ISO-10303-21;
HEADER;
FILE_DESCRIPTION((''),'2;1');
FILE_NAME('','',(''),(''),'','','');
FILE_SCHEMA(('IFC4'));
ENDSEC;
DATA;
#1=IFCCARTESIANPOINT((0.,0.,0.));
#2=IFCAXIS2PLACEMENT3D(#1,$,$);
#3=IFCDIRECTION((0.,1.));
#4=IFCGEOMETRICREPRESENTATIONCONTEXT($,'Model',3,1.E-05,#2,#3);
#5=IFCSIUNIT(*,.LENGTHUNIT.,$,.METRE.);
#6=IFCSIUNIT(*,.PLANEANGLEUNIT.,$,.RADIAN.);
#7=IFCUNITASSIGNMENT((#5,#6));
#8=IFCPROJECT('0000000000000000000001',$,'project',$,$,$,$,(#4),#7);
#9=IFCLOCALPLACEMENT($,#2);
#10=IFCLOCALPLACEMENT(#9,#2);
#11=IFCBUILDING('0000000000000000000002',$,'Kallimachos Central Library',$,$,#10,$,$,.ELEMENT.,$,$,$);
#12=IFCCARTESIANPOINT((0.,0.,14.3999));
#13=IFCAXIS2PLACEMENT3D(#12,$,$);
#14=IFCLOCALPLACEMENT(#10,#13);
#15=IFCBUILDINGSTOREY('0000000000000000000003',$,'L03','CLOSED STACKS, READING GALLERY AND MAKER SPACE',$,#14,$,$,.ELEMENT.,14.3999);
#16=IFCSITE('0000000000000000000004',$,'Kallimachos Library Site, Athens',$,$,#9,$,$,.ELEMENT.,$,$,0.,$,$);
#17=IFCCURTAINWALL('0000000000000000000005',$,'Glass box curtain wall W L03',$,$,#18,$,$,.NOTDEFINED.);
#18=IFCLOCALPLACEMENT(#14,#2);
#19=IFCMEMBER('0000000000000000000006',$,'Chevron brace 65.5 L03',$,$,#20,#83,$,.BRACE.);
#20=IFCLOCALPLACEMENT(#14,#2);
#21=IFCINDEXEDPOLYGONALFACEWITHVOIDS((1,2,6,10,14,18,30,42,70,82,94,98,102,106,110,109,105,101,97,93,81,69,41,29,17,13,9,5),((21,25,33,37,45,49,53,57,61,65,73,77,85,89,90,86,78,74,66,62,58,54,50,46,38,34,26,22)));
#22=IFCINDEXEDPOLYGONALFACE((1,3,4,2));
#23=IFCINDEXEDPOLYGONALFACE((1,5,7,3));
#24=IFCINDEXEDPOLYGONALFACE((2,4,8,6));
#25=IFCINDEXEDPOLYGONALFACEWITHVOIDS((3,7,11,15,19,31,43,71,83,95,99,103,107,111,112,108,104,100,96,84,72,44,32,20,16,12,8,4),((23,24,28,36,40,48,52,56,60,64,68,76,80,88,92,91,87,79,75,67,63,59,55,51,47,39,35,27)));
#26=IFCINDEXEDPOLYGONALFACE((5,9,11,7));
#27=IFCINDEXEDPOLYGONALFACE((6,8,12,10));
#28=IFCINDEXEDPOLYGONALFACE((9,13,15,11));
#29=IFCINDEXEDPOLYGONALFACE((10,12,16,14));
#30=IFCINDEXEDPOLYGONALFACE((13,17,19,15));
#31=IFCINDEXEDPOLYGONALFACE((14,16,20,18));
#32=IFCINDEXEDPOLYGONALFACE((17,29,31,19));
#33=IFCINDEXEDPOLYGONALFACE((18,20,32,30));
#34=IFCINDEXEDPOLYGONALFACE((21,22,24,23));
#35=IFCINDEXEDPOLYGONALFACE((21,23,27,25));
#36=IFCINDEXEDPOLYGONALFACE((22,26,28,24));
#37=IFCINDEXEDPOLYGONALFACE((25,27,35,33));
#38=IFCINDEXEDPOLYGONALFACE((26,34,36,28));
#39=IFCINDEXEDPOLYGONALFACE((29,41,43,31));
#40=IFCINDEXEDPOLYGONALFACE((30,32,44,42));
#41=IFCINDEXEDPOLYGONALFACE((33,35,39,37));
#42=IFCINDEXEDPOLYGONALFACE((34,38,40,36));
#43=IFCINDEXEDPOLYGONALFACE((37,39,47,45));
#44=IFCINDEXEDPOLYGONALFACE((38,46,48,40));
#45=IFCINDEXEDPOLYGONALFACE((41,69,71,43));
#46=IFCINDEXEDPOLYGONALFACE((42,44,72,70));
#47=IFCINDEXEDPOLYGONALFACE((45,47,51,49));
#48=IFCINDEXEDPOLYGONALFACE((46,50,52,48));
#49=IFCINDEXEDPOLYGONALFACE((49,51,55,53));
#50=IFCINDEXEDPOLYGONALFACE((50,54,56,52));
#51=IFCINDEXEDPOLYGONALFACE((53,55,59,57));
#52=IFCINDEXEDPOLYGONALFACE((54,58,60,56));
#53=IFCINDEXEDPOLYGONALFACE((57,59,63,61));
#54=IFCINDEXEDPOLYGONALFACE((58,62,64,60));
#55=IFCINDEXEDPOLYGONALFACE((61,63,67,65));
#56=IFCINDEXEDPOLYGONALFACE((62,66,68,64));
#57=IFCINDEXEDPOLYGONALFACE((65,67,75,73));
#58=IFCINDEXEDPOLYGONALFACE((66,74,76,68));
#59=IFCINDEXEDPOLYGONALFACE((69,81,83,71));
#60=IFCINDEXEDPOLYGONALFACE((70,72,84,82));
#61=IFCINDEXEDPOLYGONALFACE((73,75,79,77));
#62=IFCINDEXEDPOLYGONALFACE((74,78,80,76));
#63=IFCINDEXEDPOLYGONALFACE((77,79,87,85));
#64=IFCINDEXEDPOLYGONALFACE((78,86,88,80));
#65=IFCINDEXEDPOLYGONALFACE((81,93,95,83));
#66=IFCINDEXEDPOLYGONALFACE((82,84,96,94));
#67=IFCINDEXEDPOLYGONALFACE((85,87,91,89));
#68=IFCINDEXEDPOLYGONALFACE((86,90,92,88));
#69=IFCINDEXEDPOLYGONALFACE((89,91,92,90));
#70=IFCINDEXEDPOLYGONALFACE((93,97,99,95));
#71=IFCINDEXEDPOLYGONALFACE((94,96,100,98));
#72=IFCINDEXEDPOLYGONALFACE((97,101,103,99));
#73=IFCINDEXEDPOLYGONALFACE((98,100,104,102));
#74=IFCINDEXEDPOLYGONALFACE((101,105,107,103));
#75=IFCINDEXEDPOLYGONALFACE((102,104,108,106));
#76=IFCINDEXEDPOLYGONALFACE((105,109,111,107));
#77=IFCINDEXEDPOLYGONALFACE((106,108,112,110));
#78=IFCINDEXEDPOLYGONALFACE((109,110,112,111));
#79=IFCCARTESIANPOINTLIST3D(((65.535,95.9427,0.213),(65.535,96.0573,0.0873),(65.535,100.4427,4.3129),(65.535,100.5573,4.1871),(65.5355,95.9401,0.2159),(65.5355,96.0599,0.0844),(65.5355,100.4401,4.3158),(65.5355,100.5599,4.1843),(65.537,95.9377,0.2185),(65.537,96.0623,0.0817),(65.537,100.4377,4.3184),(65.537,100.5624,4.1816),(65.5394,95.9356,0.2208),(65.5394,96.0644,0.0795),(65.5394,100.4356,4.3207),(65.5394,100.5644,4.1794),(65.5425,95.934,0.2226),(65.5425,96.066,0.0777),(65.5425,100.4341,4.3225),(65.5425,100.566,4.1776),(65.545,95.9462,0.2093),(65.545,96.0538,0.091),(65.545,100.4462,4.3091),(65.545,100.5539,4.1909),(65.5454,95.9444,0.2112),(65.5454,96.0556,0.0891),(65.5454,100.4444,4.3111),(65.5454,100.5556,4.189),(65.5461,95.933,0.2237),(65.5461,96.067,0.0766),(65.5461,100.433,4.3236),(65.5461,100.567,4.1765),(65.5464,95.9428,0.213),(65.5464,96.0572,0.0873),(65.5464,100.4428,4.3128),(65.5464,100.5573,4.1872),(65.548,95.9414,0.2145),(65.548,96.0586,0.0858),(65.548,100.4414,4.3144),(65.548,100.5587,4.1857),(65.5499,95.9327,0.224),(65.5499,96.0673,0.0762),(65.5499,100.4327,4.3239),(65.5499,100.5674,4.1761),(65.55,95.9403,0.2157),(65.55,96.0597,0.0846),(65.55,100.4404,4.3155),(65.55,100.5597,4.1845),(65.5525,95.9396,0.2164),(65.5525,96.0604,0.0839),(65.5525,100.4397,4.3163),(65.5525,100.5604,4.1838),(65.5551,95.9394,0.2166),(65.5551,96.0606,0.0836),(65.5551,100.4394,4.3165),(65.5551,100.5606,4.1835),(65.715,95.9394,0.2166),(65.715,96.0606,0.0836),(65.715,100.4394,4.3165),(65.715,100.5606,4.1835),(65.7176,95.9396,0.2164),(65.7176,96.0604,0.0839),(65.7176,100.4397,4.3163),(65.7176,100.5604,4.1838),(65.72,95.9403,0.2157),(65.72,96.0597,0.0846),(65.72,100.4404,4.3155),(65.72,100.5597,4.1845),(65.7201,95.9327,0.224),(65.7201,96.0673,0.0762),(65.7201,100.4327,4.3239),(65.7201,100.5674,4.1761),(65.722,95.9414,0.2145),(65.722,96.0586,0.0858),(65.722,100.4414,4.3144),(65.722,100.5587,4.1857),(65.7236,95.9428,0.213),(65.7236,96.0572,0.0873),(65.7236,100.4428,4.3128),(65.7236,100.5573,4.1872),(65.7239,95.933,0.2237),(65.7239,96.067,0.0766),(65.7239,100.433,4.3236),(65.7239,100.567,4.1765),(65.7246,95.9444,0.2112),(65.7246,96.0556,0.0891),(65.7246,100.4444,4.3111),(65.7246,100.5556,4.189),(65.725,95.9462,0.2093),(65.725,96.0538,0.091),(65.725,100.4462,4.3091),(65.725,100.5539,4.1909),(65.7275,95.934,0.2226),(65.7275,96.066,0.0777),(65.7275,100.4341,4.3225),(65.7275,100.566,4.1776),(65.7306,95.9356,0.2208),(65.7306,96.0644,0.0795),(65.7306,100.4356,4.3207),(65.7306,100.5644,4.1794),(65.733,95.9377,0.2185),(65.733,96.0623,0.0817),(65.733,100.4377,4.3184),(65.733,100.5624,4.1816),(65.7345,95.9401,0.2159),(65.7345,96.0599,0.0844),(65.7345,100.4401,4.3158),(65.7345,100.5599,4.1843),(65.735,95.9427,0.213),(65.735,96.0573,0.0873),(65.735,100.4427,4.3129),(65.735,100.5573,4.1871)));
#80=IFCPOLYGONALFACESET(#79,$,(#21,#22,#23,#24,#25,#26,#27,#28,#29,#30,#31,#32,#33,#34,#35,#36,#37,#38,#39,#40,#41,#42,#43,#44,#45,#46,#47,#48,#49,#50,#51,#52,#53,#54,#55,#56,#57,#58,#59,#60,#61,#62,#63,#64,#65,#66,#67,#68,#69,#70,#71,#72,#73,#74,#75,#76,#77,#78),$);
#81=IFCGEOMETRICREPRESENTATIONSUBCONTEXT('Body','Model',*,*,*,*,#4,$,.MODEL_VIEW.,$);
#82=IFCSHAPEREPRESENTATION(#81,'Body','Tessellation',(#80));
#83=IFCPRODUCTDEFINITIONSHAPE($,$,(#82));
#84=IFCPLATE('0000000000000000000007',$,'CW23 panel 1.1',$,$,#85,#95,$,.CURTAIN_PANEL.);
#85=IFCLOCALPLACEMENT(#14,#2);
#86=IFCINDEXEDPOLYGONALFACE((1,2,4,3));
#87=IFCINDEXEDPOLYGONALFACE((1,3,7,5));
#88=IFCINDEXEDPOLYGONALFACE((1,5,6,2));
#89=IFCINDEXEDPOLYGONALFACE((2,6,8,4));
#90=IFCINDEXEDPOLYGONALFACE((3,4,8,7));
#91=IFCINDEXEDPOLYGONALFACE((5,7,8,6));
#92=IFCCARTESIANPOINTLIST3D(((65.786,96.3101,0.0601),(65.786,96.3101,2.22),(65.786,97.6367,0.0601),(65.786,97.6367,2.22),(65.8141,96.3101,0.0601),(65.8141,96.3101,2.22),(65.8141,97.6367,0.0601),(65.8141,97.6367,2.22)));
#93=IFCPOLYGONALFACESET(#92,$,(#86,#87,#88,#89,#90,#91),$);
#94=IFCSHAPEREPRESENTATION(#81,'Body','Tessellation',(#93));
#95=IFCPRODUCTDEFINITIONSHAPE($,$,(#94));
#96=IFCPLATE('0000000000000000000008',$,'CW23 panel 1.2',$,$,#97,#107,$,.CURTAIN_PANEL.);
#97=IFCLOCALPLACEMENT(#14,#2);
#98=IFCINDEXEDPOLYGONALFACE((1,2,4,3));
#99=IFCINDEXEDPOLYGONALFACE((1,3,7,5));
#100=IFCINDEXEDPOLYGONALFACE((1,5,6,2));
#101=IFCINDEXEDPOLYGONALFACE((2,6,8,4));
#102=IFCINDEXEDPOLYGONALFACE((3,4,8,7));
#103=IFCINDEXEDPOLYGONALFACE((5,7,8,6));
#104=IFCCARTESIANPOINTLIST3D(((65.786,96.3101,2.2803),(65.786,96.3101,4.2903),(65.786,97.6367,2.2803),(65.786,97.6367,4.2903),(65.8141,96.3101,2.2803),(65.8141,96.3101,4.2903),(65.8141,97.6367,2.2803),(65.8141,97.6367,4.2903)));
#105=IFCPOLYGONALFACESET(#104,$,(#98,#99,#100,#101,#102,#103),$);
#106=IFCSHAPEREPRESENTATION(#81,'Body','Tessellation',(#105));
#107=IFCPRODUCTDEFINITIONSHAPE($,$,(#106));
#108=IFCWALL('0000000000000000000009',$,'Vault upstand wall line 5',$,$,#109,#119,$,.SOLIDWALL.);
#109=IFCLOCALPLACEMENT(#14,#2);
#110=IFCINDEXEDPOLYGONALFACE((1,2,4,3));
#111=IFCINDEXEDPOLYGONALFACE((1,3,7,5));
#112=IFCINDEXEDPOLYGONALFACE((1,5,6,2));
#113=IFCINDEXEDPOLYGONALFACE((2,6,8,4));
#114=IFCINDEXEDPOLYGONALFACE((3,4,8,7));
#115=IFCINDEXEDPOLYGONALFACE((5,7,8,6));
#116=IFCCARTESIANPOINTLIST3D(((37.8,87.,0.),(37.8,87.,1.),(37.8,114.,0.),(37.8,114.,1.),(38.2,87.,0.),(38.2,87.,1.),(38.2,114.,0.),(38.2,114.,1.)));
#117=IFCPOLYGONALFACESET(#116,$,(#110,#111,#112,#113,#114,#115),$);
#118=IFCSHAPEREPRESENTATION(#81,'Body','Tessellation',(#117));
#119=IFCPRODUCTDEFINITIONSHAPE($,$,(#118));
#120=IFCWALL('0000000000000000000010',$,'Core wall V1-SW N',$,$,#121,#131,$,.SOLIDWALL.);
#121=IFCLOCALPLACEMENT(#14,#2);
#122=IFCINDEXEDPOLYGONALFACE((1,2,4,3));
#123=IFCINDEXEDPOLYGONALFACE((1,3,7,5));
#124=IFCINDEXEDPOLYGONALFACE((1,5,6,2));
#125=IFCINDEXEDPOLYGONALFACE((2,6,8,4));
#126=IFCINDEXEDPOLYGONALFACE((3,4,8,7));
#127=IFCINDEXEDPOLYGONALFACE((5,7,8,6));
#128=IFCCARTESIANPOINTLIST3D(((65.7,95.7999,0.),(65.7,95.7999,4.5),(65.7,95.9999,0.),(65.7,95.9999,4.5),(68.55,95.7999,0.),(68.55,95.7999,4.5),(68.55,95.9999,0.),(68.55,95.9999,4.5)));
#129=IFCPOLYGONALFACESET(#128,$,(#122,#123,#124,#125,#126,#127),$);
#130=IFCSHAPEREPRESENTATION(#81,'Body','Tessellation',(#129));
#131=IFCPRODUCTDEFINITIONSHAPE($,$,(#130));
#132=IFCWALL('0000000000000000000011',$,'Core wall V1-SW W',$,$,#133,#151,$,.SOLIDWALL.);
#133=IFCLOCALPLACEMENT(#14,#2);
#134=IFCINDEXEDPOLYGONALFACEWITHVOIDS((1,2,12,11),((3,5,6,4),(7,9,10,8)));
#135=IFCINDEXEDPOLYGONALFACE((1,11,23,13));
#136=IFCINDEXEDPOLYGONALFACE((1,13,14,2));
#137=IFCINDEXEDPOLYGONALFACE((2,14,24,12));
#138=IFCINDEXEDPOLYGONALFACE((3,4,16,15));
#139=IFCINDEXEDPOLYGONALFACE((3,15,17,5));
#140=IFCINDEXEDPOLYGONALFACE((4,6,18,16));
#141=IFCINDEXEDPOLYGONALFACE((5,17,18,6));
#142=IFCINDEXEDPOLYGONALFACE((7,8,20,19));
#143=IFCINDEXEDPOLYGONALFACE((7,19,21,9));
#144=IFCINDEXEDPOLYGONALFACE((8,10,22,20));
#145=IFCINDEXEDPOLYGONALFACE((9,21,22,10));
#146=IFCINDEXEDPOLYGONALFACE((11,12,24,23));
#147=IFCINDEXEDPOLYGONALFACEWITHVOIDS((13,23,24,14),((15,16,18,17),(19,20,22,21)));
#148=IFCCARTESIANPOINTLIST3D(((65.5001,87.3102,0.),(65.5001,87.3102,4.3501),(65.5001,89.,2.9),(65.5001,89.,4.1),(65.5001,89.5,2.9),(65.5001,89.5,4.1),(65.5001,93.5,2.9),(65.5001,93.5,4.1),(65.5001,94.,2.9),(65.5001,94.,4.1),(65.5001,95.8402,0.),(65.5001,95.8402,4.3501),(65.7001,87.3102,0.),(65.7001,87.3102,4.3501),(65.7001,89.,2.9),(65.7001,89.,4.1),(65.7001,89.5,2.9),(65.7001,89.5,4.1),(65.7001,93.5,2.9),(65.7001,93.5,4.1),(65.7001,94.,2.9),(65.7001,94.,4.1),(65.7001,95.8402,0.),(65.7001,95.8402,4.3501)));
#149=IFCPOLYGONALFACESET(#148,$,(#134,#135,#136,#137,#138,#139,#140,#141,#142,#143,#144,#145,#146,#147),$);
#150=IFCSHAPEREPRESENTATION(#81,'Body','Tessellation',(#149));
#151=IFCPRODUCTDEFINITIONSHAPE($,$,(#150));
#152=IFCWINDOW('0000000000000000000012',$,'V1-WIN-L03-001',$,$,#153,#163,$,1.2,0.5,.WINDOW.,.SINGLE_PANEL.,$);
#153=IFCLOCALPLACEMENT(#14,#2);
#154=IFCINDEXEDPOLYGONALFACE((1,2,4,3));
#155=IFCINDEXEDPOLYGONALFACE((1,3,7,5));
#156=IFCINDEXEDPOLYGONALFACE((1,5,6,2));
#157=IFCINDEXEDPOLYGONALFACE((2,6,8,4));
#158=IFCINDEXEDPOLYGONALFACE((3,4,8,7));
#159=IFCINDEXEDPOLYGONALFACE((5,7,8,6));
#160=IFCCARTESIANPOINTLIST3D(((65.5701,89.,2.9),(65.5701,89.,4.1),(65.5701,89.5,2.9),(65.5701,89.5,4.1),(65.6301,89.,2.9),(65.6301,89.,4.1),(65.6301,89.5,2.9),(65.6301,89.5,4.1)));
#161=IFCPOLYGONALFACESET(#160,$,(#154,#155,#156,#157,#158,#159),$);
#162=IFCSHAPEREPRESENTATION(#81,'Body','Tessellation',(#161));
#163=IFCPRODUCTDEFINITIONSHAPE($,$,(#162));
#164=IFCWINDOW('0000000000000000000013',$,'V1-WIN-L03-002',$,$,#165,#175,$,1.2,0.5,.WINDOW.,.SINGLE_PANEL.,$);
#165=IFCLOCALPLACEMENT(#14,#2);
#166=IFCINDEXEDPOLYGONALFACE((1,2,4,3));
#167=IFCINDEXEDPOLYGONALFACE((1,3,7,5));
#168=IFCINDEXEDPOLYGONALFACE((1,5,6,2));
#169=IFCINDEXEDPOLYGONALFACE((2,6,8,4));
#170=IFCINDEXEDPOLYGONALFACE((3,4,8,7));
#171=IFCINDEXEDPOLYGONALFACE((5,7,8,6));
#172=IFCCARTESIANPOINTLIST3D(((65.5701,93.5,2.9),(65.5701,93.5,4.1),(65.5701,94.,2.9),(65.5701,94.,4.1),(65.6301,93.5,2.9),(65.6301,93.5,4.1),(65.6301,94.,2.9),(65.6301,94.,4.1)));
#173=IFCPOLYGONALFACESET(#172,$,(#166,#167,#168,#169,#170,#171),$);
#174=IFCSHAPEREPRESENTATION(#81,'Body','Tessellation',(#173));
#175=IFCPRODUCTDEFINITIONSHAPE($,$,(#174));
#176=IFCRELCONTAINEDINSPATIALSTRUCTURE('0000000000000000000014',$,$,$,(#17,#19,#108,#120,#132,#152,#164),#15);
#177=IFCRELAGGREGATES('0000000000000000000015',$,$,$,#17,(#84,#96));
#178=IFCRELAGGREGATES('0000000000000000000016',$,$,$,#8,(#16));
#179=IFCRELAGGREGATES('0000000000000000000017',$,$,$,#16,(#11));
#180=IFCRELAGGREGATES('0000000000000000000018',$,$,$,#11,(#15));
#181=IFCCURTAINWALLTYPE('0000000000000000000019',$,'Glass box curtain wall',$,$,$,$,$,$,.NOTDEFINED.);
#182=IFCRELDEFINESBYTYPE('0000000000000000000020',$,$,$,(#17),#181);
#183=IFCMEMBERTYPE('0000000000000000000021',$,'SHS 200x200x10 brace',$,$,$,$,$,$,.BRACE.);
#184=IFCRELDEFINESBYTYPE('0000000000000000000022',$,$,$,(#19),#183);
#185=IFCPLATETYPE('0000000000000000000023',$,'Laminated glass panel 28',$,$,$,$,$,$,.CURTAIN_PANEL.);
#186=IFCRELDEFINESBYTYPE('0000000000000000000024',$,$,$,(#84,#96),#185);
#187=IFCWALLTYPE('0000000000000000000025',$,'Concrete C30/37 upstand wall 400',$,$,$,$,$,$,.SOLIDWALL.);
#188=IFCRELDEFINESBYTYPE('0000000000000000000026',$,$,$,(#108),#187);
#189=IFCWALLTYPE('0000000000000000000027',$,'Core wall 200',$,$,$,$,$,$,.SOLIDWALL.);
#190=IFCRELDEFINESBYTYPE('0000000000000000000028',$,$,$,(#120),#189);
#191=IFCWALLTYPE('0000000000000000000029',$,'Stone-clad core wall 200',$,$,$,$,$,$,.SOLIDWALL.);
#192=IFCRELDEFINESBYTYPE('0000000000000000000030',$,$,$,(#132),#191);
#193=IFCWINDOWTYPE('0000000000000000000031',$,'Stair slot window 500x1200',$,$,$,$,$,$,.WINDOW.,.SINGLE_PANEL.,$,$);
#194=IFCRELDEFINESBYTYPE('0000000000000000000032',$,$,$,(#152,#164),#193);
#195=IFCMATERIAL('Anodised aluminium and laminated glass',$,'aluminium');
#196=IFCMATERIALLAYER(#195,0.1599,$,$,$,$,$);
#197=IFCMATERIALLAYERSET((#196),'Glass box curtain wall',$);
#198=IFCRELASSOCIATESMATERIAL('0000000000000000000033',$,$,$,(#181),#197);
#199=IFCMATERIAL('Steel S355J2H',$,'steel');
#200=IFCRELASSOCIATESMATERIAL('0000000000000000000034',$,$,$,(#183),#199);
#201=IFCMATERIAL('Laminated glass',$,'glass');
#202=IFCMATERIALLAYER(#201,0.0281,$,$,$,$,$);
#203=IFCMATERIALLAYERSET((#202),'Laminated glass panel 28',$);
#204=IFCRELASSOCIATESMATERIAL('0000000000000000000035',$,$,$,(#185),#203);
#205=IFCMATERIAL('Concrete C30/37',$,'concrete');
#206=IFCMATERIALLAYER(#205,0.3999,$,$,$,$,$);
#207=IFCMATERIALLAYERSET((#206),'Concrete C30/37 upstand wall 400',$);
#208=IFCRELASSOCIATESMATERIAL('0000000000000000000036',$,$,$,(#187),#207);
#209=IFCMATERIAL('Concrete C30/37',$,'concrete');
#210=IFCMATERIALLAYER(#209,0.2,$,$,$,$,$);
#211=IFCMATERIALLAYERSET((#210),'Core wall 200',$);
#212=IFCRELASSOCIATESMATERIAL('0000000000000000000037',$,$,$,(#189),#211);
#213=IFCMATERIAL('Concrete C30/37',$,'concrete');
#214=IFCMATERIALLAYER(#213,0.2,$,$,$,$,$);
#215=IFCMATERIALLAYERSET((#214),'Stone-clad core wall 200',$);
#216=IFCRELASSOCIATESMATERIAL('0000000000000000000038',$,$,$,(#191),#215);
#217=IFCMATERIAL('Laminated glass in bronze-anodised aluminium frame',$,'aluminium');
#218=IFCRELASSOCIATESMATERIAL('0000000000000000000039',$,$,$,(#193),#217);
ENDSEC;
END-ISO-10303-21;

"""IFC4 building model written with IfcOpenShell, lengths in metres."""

from ifc_helpers import new_model, si_unit, direction, frame, frame_2d, origin, origin_2d, place, context, subcontext, project, spatial, rectangle, hollow_rectangle, extrude, material, layer, layer_set, material_profile, profile_set, type_object, element, fill, aggregate, save


model = new_model("IFC4")

# Units and contexts
model_context = context("Model", 3, precision=1e-05, world=origin(), true_north=direction((0.0, 1.0)))
body_context = subcontext(model_context, "Body", "Model", "MODEL_VIEW")
ifc_project = project(units=[si_unit("LENGTHUNIT", "METRE"), si_unit("PLANEANGLEUNIT", "RADIAN")], contexts=[model_context])

# Site, building, storey
site_placement = place(None, origin())
site = spatial("IfcSite", under=ifc_project, at=site_placement, Name="Kallimachos Library Site, Athens", CompositionType="ELEMENT", RefElevation=0.0)
building_placement = place(site_placement, origin())
building = spatial("IfcBuilding", under=site, at=building_placement, Name="Kallimachos Central Library", CompositionType="ELEMENT")
storey_placement = place(building_placement, frame((0.0, 0.0, 14.3999)))
storey = spatial("IfcBuildingStorey", under=building, at=storey_placement, Name="L03", Description="CLOSED STACKS, READING GALLERY AND MAKER SPACE", CompositionType="ELEMENT", Elevation=14.3999)

# Curtain wall
ifc_material_1 = material(Name="Anodised aluminium and laminated glass", Category="aluminium")
ifc_layer_1 = layer(ifc_material_1, 0.1599)
ifc_layer_set_1 = layer_set([ifc_layer_1], Name="Glass box curtain wall")
curtain_wall_type = type_object("IfcCurtainWallType", Name="Glass box curtain wall", PredefinedType="NOTDEFINED", material=ifc_layer_set_1)
curtain_wall_placement = place(storey_placement, origin())
curtain_wall = element("IfcCurtainWall", 1, at=curtain_wall_placement, inside=storey, type_object=curtain_wall_type, Name="Glass box curtain wall W L03", PredefinedType="NOTDEFINED")

# Member
ifc_material_2 = material(Name="Steel S355J2H", Category="steel")
ifc_material_profile_1 = material_profile(ifc_material_2, hollow_rectangle(XDim=0.2, YDim=0.2, WallThickness=0.01, InnerFilletRadius=0.01, OuterFilletRadius=0.0149, at=origin_2d()), Name="SHS 200x200x10")
ifc_profile_set_1 = profile_set([ifc_material_profile_1], Name="Steel S355J2H")
member_type_1 = type_object("IfcMemberType", Name="SHS 200x200x10 brace", PredefinedType="BRACE", material=ifc_profile_set_1)
member_1_placement = place(storey_placement, frame((65.635, 96.0, 0.1501), z_axis=(0.0, 0.739208, 0.673477), x_axis=(-1.0, 0.0, 0.0)))
element("IfcMember", 2, at=member_1_placement, inside=storey, type_object=member_type_1, Name="Chevron brace 65.5 L03", PredefinedType="BRACE", context=body_context, shape_type="SweptSolid", body=[
    extrude(hollow_rectangle(XDim=0.2, YDim=0.2, WallThickness=0.01, InnerFilletRadius=0.01, OuterFilletRadius=0.0149, at=origin_2d()), origin(), (0.0, 0.0, 1.0), 6.0876),
])

# Plates
ifc_material_3 = material(Name="Laminated glass", Category="glass")
ifc_layer_2 = layer(ifc_material_3, 0.0281)
ifc_layer_set_2 = layer_set([ifc_layer_2], Name="Laminated glass panel 28")
plate_type = type_object("IfcPlateType", Name="Laminated glass panel 28", PredefinedType="CURTAIN_PANEL", material=ifc_layer_set_2)
plate_1_placement = place(storey_placement, frame((65.8, 96.9734, 0.0601), z_axis=(0.0, 0.0, 1.0), x_axis=(0.0, 1.0, 0.0)))
plate_1 = element("IfcPlate", 3, at=plate_1_placement, type_object=plate_type, Name="CW23 panel 1.1", PredefinedType="CURTAIN_PANEL", context=body_context, shape_type="SweptSolid", body=[
    extrude(rectangle(XDim=1.3267, YDim=0.0281, at=origin_2d()), origin(), (0.0, 0.0, 1.0), 2.1599),
])
plate_2_placement = place(storey_placement, frame((65.8, 96.9734, 2.2803), z_axis=(0.0, 0.0, 1.0), x_axis=(0.0, 1.0, 0.0)))
plate_2 = element("IfcPlate", 4, at=plate_2_placement, type_object=plate_type, Name="CW23 panel 1.2", PredefinedType="CURTAIN_PANEL", context=body_context, shape_type="SweptSolid", body=[
    extrude(rectangle(XDim=1.3267, YDim=0.0281, at=origin_2d()), origin(), (0.0, 0.0, 1.0), 2.01),
])
aggregate(curtain_wall, [plate_1, plate_2])

# Walls
ifc_material_4 = material(Name="Concrete C30/37", Category="concrete")
ifc_layer_3 = layer(ifc_material_4, 0.3999)
ifc_layer_set_3 = layer_set([ifc_layer_3], Name="Concrete C30/37 upstand wall 400")
wall_type_1 = type_object("IfcWallType", Name="Concrete C30/37 upstand wall 400", PredefinedType="SOLIDWALL", material=ifc_layer_set_3)
wall_1_placement = place(storey_placement, frame((38.0, 87.0, 0.0), z_axis=(0.0, 0.0, 1.0), x_axis=(0.0, 1.0, 0.0)))
element("IfcWall", 5, at=wall_1_placement, inside=storey, type_object=wall_type_1, Name="Vault upstand wall line 5", PredefinedType="SOLIDWALL", context=body_context, shape_type="SweptSolid", body=[
    extrude(rectangle(XDim=27.0, YDim=0.3999, at=frame_2d((13.5, 0.0))), origin(), (0.0, 0.0, 1.0), 1.0),
])
ifc_material_5 = material(Name="Concrete C30/37", Category="concrete")
ifc_layer_4 = layer(ifc_material_5, 0.2)
ifc_layer_set_4 = layer_set([ifc_layer_4], Name="Core wall 200")
wall_type_2 = type_object("IfcWallType", Name="Core wall 200", PredefinedType="SOLIDWALL", material=ifc_layer_set_4)
wall_2_placement = place(storey_placement, frame((65.7, 95.8999, 0.0), z_axis=(0.0, 0.0, 1.0), x_axis=(1.0, 0.0, 0.0)))
element("IfcWall", 6, at=wall_2_placement, inside=storey, type_object=wall_type_2, Name="Core wall V1-SW N", PredefinedType="SOLIDWALL", context=body_context, shape_type="SweptSolid", body=[
    extrude(rectangle(XDim=2.8501, YDim=0.2, at=frame_2d((1.425, 0.0))), origin(), (0.0, 0.0, 1.0), 4.5),
])

# Wall, openings, windows
ifc_material_6 = material(Name="Concrete C30/37", Category="concrete")
ifc_layer_5 = layer(ifc_material_6, 0.2)
ifc_layer_set_5 = layer_set([ifc_layer_5], Name="Stone-clad core wall 200")
wall_type_3 = type_object("IfcWallType", Name="Stone-clad core wall 200", PredefinedType="SOLIDWALL", material=ifc_layer_set_5)
wall_3_placement = place(storey_placement, frame((65.6001, 87.3101, 0.0), z_axis=(0.0, 0.0, 1.0), x_axis=(0.0, 1.0, 0.0)))
wall_3 = element("IfcWall", 7, at=wall_3_placement, inside=storey, type_object=wall_type_3, Name="Core wall V1-SW W", PredefinedType="SOLIDWALL", context=body_context, shape_type="SweptSolid", body=[
    extrude(rectangle(XDim=8.53, YDim=0.2, at=frame_2d((4.2651, 0.0))), origin(), (0.0, 0.0, 1.0), 4.3501),
])
opening_1_placement = place(wall_3_placement, frame((1.6899, 0.0, 2.8999)))
opening_1 = element("IfcOpeningElement", 8, at=opening_1_placement, cuts=wall_3, PredefinedType="OPENING", context=body_context, shape_type="SweptSolid", body=[
    extrude(rectangle(XDim=0.5, YDim=1.2, at=frame_2d((0.25, 0.6001))), frame((0.0, 0.1099, 0.0), z_axis=(0.0, -1.0, 0.0), x_axis=(1.0, 0.0, 0.0)), (0.0, 0.0, 1.0), 0.22),
])
opening_2_placement = place(wall_3_placement, frame((6.1899, 0.0, 2.8999)))
opening_2 = element("IfcOpeningElement", 9, at=opening_2_placement, cuts=wall_3, PredefinedType="OPENING", context=body_context, shape_type="SweptSolid", body=[
    extrude(rectangle(XDim=0.5, YDim=1.2, at=frame_2d((0.25, 0.6001))), frame((0.0, 0.1099, 0.0), z_axis=(0.0, -1.0, 0.0), x_axis=(1.0, 0.0, 0.0)), (0.0, 0.0, 1.0), 0.22),
])
ifc_material_7 = material(Name="Laminated glass in bronze-anodised aluminium frame", Category="aluminium")
window_type = type_object("IfcWindowType", Name="Stair slot window 500x1200", PartitioningType="SINGLE_PANEL", PredefinedType="WINDOW", material=ifc_material_7)
window_1_placement = place(opening_1_placement, origin())
window_1 = element("IfcWindow", 10, at=window_1_placement, inside=storey, type_object=window_type, Name="V1-WIN-L03-001", OverallHeight=1.2, OverallWidth=0.5, PartitioningType="SINGLE_PANEL", PredefinedType="WINDOW", context=body_context, shape_type="SweptSolid", body=[
    extrude(rectangle(XDim=0.5, YDim=1.2, at=frame_2d((0.25, 0.6001))), frame((0.0, 0.03, 0.0), z_axis=(0.0, -1.0, 0.0), x_axis=(1.0, 0.0, 0.0)), (0.0, 0.0, 1.0), 0.0601),
])
fill(opening_1, window_1)
window_2_placement = place(opening_2_placement, origin())
window_2 = element("IfcWindow", 11, at=window_2_placement, inside=storey, type_object=window_type, Name="V1-WIN-L03-002", OverallHeight=1.2, OverallWidth=0.5, PartitioningType="SINGLE_PANEL", PredefinedType="WINDOW", context=body_context, shape_type="SweptSolid", body=[
    extrude(rectangle(XDim=0.5, YDim=1.2, at=frame_2d((0.25, 0.6001))), frame((0.0, 0.03, 0.0), z_axis=(0.0, -1.0, 0.0), x_axis=(1.0, 0.0, 0.0)), (0.0, 0.0, 1.0), 0.0601),
])
fill(opening_2, window_2)

save(model, "model.ifc")
